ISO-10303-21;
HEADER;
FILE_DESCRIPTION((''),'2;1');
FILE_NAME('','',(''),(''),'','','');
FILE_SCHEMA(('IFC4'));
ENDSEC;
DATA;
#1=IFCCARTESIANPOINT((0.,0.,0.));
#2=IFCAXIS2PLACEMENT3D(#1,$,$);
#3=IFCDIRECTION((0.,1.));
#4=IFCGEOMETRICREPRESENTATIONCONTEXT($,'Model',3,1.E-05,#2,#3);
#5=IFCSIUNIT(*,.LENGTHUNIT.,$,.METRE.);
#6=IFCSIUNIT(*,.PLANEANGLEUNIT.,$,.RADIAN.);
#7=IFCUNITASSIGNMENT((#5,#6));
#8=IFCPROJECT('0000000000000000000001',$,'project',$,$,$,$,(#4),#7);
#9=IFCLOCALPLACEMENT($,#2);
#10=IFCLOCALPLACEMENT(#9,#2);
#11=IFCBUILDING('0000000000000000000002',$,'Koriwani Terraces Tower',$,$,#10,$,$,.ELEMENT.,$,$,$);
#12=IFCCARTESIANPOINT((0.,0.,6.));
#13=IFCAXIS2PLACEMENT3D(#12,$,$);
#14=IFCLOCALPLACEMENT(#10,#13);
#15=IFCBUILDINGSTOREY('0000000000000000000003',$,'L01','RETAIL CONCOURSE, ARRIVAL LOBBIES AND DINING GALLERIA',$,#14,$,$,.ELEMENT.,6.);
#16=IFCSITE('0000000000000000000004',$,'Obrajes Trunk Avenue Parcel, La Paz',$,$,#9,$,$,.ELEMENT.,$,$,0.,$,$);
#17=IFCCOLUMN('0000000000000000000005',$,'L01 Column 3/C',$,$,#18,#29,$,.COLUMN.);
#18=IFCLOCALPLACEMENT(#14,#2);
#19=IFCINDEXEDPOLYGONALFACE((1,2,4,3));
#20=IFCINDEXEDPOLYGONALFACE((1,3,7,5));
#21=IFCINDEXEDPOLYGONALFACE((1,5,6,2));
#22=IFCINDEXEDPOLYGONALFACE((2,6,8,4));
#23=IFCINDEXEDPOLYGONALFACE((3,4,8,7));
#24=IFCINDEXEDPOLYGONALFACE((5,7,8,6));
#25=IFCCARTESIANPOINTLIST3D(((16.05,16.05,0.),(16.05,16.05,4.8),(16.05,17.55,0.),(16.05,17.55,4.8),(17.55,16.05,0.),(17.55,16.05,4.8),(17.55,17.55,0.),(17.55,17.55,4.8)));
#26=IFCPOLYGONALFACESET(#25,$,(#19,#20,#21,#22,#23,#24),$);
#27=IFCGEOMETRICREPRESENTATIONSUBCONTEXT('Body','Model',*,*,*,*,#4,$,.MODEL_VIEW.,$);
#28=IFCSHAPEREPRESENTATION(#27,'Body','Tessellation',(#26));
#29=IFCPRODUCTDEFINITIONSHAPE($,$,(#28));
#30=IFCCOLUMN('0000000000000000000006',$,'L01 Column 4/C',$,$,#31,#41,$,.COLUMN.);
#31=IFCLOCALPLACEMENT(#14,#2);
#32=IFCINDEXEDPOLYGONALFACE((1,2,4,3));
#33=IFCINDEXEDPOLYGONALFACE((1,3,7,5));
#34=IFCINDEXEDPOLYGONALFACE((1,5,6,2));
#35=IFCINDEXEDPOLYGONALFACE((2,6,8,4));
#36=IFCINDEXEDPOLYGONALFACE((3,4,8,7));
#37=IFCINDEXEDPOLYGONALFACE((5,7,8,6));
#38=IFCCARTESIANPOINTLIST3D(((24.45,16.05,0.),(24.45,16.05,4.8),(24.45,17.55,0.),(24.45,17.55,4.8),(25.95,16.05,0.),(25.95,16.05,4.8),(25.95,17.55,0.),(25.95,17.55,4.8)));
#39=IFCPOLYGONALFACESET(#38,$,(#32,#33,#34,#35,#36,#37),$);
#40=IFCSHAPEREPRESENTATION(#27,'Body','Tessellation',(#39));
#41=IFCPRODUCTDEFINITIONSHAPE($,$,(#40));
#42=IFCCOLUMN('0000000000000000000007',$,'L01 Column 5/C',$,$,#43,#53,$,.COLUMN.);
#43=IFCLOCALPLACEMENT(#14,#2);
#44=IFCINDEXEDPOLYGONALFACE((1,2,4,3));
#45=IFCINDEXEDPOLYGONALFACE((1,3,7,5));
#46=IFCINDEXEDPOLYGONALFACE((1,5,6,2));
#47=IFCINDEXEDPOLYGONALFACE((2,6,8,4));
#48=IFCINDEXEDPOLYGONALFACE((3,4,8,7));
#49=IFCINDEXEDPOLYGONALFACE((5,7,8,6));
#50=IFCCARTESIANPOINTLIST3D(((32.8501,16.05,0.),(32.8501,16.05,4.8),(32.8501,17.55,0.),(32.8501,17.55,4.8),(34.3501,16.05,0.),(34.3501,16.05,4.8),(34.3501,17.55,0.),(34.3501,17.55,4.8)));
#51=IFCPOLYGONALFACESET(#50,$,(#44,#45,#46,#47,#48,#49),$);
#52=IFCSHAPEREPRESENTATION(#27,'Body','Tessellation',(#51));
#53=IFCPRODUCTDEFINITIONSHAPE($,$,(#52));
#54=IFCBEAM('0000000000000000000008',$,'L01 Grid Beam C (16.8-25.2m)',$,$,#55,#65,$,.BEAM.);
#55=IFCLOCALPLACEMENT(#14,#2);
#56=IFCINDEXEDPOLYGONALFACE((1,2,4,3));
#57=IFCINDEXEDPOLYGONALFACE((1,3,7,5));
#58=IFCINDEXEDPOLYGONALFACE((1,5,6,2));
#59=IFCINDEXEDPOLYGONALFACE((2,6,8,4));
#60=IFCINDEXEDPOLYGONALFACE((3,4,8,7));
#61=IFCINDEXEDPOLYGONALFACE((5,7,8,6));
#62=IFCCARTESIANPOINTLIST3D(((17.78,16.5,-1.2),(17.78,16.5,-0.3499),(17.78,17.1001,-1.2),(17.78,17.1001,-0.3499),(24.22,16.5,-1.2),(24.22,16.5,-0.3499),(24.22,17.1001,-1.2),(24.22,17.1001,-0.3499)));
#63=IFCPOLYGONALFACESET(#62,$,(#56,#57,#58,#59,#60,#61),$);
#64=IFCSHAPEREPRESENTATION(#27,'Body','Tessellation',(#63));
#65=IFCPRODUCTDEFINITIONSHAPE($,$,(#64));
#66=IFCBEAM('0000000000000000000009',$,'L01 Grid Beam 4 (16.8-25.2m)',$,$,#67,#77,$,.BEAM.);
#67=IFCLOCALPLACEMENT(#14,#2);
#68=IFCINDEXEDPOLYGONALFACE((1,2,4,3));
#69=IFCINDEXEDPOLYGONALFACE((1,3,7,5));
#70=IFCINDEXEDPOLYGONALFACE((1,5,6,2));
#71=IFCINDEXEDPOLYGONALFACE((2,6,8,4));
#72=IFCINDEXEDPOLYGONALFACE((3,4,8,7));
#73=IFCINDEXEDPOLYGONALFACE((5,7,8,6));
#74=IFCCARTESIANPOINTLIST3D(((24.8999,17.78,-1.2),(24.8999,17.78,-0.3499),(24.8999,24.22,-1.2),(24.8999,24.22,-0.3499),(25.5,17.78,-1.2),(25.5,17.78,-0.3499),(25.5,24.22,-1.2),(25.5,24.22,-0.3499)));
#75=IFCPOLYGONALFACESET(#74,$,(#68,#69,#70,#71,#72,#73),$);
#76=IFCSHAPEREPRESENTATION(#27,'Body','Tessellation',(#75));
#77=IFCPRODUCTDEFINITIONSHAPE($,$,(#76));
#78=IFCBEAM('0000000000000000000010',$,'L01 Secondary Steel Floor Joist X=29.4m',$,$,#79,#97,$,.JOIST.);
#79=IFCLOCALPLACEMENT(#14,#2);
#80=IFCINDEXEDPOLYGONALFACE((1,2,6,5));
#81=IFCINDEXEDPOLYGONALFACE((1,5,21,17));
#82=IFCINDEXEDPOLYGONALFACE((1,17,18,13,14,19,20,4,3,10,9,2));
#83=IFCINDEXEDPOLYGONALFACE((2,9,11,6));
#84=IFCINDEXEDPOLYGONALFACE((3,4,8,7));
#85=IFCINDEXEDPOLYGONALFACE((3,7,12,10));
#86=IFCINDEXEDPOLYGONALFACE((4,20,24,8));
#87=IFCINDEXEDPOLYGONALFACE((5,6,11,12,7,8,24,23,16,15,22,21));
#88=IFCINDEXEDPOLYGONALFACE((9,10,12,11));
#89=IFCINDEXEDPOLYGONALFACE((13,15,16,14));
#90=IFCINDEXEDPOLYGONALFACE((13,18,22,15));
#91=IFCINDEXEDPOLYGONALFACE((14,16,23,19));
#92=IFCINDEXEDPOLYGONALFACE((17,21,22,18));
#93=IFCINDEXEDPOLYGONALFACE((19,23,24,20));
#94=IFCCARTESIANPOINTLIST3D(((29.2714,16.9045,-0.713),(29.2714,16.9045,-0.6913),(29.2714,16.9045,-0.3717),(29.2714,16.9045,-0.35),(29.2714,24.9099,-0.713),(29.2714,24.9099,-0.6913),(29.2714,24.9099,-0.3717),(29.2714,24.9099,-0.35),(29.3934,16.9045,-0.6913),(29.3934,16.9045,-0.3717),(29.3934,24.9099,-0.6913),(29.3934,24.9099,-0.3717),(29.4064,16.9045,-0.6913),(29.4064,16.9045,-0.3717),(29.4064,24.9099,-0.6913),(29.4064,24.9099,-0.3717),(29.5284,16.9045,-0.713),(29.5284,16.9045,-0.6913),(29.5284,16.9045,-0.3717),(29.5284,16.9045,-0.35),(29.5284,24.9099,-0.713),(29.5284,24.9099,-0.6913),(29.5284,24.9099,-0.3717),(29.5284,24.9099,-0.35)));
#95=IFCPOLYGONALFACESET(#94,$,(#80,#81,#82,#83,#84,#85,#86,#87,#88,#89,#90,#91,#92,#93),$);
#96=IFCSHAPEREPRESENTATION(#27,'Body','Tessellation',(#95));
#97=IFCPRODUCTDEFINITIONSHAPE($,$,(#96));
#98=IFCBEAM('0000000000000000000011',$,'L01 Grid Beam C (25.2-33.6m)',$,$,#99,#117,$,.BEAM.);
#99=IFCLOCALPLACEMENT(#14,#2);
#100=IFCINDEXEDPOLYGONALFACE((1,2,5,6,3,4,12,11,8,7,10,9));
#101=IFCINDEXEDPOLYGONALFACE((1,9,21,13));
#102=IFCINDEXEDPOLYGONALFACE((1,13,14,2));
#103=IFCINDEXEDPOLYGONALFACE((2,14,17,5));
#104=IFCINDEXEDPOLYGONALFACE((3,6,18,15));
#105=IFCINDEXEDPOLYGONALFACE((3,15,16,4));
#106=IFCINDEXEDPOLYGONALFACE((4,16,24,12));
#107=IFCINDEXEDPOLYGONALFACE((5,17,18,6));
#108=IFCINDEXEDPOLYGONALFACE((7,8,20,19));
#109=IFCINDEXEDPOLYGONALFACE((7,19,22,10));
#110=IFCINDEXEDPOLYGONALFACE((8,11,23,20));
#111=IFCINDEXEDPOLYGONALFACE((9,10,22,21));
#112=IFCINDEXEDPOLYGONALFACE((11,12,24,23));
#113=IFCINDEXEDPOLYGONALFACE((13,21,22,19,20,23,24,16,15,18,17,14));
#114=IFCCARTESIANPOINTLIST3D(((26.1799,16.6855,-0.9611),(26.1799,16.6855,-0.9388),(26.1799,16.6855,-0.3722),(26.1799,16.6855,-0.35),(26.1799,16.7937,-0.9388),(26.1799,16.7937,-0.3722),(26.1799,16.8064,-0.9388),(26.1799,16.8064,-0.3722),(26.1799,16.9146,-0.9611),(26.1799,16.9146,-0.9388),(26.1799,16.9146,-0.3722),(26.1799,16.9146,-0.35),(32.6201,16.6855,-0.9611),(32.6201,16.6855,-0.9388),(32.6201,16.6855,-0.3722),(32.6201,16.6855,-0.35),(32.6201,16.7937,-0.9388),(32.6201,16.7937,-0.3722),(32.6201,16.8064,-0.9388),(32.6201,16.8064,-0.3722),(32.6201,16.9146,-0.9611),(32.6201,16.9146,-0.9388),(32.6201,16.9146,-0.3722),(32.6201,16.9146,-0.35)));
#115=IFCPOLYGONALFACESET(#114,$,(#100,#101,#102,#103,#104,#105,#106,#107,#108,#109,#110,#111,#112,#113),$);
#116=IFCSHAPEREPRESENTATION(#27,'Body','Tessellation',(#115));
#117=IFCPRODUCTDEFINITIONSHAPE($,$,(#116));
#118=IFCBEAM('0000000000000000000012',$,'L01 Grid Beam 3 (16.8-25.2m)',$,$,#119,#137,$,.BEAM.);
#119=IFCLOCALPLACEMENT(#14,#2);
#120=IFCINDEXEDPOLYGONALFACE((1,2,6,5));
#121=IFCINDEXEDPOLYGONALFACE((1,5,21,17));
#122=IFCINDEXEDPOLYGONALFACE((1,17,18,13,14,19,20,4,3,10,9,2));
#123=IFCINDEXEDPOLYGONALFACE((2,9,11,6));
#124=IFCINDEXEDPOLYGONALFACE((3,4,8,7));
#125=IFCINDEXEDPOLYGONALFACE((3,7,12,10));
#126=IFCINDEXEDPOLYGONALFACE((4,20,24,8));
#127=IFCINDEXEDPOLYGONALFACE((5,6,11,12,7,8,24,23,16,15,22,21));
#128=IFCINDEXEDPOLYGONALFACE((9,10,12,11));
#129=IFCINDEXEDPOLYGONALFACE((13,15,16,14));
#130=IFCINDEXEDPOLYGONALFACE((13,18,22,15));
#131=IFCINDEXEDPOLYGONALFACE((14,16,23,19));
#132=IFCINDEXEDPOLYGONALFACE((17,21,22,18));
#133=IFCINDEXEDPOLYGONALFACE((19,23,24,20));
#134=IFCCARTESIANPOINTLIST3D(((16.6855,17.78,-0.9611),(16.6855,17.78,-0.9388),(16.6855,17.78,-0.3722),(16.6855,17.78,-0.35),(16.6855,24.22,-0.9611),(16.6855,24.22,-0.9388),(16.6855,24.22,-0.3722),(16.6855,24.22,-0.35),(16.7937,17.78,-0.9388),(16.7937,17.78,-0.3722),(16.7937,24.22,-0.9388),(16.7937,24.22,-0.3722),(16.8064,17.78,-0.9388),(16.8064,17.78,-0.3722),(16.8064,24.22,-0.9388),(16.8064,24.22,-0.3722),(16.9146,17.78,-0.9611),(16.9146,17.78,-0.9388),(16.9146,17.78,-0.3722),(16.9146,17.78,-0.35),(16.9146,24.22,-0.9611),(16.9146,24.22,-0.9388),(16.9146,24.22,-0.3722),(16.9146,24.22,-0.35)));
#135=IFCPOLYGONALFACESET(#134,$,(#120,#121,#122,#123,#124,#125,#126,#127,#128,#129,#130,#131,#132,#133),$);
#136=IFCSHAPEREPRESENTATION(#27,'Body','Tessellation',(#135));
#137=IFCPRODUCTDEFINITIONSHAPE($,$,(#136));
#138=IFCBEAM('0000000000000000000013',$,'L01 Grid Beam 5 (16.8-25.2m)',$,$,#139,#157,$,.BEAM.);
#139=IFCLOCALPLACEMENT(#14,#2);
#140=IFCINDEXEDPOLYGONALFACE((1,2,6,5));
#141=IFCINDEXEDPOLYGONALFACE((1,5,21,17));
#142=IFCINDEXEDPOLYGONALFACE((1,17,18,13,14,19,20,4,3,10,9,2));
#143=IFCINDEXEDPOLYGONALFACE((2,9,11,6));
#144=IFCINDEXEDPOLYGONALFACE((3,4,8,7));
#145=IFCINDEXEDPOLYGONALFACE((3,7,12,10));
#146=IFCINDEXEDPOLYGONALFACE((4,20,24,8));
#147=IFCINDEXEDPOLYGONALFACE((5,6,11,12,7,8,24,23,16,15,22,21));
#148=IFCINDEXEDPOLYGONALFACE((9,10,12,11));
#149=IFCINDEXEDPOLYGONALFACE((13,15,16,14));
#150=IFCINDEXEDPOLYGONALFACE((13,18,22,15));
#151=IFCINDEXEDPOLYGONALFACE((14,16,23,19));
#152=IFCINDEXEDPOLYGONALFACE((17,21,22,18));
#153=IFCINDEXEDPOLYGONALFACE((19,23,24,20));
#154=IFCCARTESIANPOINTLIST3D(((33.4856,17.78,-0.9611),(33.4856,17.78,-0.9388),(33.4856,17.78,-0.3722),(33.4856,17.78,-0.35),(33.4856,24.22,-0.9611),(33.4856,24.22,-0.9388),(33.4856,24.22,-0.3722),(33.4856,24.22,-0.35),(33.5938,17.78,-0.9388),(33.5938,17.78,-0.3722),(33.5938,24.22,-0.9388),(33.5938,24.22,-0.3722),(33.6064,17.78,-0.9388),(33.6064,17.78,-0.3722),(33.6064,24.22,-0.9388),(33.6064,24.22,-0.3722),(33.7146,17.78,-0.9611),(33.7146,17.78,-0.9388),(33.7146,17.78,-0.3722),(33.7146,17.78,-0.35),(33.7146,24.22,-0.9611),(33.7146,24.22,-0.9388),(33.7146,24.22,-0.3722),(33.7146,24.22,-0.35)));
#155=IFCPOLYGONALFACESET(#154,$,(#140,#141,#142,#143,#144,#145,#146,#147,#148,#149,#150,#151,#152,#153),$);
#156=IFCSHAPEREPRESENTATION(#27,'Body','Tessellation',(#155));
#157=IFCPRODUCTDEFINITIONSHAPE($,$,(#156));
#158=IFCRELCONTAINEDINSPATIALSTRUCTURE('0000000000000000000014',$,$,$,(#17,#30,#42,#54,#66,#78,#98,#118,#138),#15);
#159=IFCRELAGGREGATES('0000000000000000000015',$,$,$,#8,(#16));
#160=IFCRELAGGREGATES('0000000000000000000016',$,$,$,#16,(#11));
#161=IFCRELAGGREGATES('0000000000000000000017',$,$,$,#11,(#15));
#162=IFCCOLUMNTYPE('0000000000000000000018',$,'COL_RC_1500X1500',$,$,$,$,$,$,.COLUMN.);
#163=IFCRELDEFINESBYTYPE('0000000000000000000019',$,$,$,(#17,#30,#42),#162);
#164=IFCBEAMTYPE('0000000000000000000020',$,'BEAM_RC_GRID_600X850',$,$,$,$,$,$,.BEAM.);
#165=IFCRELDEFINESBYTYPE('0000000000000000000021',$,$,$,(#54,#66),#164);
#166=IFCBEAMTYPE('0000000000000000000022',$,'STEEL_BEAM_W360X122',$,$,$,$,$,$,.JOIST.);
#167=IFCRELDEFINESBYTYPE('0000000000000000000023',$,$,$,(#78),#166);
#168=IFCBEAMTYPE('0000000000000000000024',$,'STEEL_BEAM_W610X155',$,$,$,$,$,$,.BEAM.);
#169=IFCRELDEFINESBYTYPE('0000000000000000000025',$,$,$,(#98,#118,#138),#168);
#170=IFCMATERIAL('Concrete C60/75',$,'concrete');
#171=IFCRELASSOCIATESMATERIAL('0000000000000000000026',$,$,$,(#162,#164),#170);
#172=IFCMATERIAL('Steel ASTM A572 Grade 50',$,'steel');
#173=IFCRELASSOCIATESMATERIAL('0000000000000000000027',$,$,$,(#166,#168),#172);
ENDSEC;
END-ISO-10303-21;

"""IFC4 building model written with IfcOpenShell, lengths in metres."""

from ifc_helpers import new_model, si_unit, direction, frame, origin, origin_2d, place, context, subcontext, project, spatial, rectangle, i_section, extrude, material, material_profile, profile_set, type_object, element, save


model = new_model("IFC4")

# Units and contexts
model_context = context("Model", 3, precision=1e-05, world=origin(), true_north=direction((0.0, 1.0)))
body_context = subcontext(model_context, "Body", "Model", "MODEL_VIEW")
ifc_project = project(units=[si_unit("LENGTHUNIT", "METRE"), si_unit("PLANEANGLEUNIT", "RADIAN")], contexts=[model_context])

# Site, building, storey
site_placement = place(None, origin())
site = spatial("IfcSite", under=ifc_project, at=site_placement, Name="Obrajes Trunk Avenue Parcel, La Paz", CompositionType="ELEMENT", RefElevation=0.0)
building_placement = place(site_placement, origin())
building = spatial("IfcBuilding", under=site, at=building_placement, Name="Koriwani Terraces Tower", CompositionType="ELEMENT")
storey_placement = place(building_placement, frame((0.0, 0.0, 6.0)))
storey = spatial("IfcBuildingStorey", under=building, at=storey_placement, Name="L01", Description="RETAIL CONCOURSE, ARRIVAL LOBBIES AND DINING GALLERIA", CompositionType="ELEMENT", Elevation=6.0)

# Columns
ifc_material_1 = material(Name="Concrete C60/75", Category="concrete")
ifc_material_profile_1 = material_profile(ifc_material_1, rectangle(XDim=1.5, YDim=1.5, at=origin_2d()), Name="Concrete C60/75", Category="LoadBearing")
ifc_profile_set_1 = profile_set([ifc_material_profile_1], Name="Concrete C60/75")
column_type = type_object("IfcColumnType", Name="COL_RC_1500X1500", PredefinedType="COLUMN", material=ifc_profile_set_1)
for number, where, z_axis, x_axis, name in (
    (1, (16.8, 16.8, 0.0), (0.0, 0.0, 1.0), (1.0, 0.0, 0.0), "L01 Column 3/C"),
    (2, (25.2, 16.8, 0.0), (0.0, 0.0, 1.0), (1.0, 0.0, 0.0), "L01 Column 4/C"),
    (3, (33.6001, 16.8, 0.0), (0.0, 0.0, 1.0), (1.0, 0.0, 0.0), "L01 Column 5/C"),
):
    element("IfcColumn", number, at=place(storey_placement, frame(where, z_axis=z_axis, x_axis=x_axis)), inside=storey, type_object=column_type, Name=name, PredefinedType="COLUMN", context=body_context, shape_type="SweptSolid", body=[
        extrude(rectangle(XDim=1.5, YDim=1.5, at=origin_2d()), origin(), (0.0, 0.0, 1.0), 4.8),
    ])

# Beams
ifc_material_profile_2 = material_profile(ifc_material_1, rectangle(XDim=0.6001, YDim=0.8501, at=origin_2d()), Name="Concrete C60/75", Category="LoadBearing")
ifc_profile_set_2 = profile_set([ifc_material_profile_2], Name="Concrete C60/75")
beam_type_1 = type_object("IfcBeamType", Name="BEAM_RC_GRID_600X850", PredefinedType="BEAM", material=ifc_profile_set_2)
for number, where, z_axis, x_axis, name in (
    (4, (17.78, 16.8, -0.7749), (1.0, 0.0, 0.0), (0.0, 1.0, 0.0), "L01 Grid Beam C (16.8-25.2m)"),
    (5, (25.2, 17.78, -0.7749), (0.0, 1.0, 0.0), (-1.0, 0.0, 0.0), "L01 Grid Beam 4 (16.8-25.2m)"),
):
    element("IfcBeam", number, at=place(storey_placement, frame(where, z_axis=z_axis, x_axis=x_axis)), inside=storey, type_object=beam_type_1, Name=name, PredefinedType="BEAM", context=body_context, shape_type="SweptSolid", body=[
        extrude(rectangle(XDim=0.6001, YDim=0.8501, at=origin_2d()), origin(), (0.0, 0.0, 1.0), 6.4399),
    ])
ifc_material_2 = material(Name="Steel ASTM A572 Grade 50", Category="steel")
ifc_material_profile_3 = material_profile(ifc_material_2, i_section(OverallWidth=0.2571, OverallDepth=0.363, WebThickness=0.0129, FlangeThickness=0.0217, at=origin_2d()), Name="Steel ASTM A572 Grade 50", Category="LoadBearing")
ifc_profile_set_3 = profile_set([ifc_material_profile_3], Name="Steel ASTM A572 Grade 50")
beam_type_2 = type_object("IfcBeamType", Name="STEEL_BEAM_W360X122", PredefinedType="JOIST", material=ifc_profile_set_3)
beam_1_placement = place(storey_placement, frame((29.3999, 16.9045, -0.5315), z_axis=(0.0, 1.0, 0.0), x_axis=(-1.0, 0.0, 0.0)))
element("IfcBeam", 6, at=beam_1_placement, inside=storey, type_object=beam_type_2, Name="L01 Secondary Steel Floor Joist X=29.4m", PredefinedType="JOIST", context=body_context, shape_type="SweptSolid", body=[
    extrude(i_section(OverallWidth=0.2571, OverallDepth=0.363, WebThickness=0.0129, FlangeThickness=0.0217, at=origin_2d()), origin(), (0.0, 0.0, 1.0), 8.0054),
])
ifc_material_profile_4 = material_profile(ifc_material_2, i_section(OverallWidth=0.229, OverallDepth=0.6111, WebThickness=0.0127, FlangeThickness=0.0222, at=origin_2d()), Name="Steel ASTM A572 Grade 50", Category="LoadBearing")
ifc_profile_set_4 = profile_set([ifc_material_profile_4], Name="Steel ASTM A572 Grade 50")
beam_type_3 = type_object("IfcBeamType", Name="STEEL_BEAM_W610X155", PredefinedType="BEAM", material=ifc_profile_set_4)
beam_2_placement = place(storey_placement, frame((26.1799, 16.8, -0.6555), z_axis=(1.0, 0.0, 0.0), x_axis=(0.0, 1.0, 0.0)))
element("IfcBeam", 7, at=beam_2_placement, inside=storey, type_object=beam_type_3, Name="L01 Grid Beam C (25.2-33.6m)", PredefinedType="BEAM", context=body_context, shape_type="SweptSolid", body=[
    extrude(i_section(OverallWidth=0.229, OverallDepth=0.6111, WebThickness=0.0127, FlangeThickness=0.0222, at=origin_2d()), origin(), (0.0, 0.0, 1.0), 6.4402),
])
for number, where, z_axis, x_axis, name in (
    (8, (16.8, 17.78, -0.6555), (0.0, 1.0, 0.0), (-1.0, 0.0, 0.0), "L01 Grid Beam 3 (16.8-25.2m)"),
    (9, (33.6001, 17.78, -0.6555), (0.0, 1.0, 0.0), (-1.0, 0.0, 0.0), "L01 Grid Beam 5 (16.8-25.2m)"),
):
    element("IfcBeam", number, at=place(storey_placement, frame(where, z_axis=z_axis, x_axis=x_axis)), inside=storey, type_object=beam_type_3, Name=name, PredefinedType="BEAM", context=body_context, shape_type="SweptSolid", body=[
        extrude(i_section(OverallWidth=0.229, OverallDepth=0.6111, WebThickness=0.0127, FlangeThickness=0.0222, at=origin_2d()), origin(), (0.0, 0.0, 1.0), 6.4399),
    ])

save(model, "model.ifc")
